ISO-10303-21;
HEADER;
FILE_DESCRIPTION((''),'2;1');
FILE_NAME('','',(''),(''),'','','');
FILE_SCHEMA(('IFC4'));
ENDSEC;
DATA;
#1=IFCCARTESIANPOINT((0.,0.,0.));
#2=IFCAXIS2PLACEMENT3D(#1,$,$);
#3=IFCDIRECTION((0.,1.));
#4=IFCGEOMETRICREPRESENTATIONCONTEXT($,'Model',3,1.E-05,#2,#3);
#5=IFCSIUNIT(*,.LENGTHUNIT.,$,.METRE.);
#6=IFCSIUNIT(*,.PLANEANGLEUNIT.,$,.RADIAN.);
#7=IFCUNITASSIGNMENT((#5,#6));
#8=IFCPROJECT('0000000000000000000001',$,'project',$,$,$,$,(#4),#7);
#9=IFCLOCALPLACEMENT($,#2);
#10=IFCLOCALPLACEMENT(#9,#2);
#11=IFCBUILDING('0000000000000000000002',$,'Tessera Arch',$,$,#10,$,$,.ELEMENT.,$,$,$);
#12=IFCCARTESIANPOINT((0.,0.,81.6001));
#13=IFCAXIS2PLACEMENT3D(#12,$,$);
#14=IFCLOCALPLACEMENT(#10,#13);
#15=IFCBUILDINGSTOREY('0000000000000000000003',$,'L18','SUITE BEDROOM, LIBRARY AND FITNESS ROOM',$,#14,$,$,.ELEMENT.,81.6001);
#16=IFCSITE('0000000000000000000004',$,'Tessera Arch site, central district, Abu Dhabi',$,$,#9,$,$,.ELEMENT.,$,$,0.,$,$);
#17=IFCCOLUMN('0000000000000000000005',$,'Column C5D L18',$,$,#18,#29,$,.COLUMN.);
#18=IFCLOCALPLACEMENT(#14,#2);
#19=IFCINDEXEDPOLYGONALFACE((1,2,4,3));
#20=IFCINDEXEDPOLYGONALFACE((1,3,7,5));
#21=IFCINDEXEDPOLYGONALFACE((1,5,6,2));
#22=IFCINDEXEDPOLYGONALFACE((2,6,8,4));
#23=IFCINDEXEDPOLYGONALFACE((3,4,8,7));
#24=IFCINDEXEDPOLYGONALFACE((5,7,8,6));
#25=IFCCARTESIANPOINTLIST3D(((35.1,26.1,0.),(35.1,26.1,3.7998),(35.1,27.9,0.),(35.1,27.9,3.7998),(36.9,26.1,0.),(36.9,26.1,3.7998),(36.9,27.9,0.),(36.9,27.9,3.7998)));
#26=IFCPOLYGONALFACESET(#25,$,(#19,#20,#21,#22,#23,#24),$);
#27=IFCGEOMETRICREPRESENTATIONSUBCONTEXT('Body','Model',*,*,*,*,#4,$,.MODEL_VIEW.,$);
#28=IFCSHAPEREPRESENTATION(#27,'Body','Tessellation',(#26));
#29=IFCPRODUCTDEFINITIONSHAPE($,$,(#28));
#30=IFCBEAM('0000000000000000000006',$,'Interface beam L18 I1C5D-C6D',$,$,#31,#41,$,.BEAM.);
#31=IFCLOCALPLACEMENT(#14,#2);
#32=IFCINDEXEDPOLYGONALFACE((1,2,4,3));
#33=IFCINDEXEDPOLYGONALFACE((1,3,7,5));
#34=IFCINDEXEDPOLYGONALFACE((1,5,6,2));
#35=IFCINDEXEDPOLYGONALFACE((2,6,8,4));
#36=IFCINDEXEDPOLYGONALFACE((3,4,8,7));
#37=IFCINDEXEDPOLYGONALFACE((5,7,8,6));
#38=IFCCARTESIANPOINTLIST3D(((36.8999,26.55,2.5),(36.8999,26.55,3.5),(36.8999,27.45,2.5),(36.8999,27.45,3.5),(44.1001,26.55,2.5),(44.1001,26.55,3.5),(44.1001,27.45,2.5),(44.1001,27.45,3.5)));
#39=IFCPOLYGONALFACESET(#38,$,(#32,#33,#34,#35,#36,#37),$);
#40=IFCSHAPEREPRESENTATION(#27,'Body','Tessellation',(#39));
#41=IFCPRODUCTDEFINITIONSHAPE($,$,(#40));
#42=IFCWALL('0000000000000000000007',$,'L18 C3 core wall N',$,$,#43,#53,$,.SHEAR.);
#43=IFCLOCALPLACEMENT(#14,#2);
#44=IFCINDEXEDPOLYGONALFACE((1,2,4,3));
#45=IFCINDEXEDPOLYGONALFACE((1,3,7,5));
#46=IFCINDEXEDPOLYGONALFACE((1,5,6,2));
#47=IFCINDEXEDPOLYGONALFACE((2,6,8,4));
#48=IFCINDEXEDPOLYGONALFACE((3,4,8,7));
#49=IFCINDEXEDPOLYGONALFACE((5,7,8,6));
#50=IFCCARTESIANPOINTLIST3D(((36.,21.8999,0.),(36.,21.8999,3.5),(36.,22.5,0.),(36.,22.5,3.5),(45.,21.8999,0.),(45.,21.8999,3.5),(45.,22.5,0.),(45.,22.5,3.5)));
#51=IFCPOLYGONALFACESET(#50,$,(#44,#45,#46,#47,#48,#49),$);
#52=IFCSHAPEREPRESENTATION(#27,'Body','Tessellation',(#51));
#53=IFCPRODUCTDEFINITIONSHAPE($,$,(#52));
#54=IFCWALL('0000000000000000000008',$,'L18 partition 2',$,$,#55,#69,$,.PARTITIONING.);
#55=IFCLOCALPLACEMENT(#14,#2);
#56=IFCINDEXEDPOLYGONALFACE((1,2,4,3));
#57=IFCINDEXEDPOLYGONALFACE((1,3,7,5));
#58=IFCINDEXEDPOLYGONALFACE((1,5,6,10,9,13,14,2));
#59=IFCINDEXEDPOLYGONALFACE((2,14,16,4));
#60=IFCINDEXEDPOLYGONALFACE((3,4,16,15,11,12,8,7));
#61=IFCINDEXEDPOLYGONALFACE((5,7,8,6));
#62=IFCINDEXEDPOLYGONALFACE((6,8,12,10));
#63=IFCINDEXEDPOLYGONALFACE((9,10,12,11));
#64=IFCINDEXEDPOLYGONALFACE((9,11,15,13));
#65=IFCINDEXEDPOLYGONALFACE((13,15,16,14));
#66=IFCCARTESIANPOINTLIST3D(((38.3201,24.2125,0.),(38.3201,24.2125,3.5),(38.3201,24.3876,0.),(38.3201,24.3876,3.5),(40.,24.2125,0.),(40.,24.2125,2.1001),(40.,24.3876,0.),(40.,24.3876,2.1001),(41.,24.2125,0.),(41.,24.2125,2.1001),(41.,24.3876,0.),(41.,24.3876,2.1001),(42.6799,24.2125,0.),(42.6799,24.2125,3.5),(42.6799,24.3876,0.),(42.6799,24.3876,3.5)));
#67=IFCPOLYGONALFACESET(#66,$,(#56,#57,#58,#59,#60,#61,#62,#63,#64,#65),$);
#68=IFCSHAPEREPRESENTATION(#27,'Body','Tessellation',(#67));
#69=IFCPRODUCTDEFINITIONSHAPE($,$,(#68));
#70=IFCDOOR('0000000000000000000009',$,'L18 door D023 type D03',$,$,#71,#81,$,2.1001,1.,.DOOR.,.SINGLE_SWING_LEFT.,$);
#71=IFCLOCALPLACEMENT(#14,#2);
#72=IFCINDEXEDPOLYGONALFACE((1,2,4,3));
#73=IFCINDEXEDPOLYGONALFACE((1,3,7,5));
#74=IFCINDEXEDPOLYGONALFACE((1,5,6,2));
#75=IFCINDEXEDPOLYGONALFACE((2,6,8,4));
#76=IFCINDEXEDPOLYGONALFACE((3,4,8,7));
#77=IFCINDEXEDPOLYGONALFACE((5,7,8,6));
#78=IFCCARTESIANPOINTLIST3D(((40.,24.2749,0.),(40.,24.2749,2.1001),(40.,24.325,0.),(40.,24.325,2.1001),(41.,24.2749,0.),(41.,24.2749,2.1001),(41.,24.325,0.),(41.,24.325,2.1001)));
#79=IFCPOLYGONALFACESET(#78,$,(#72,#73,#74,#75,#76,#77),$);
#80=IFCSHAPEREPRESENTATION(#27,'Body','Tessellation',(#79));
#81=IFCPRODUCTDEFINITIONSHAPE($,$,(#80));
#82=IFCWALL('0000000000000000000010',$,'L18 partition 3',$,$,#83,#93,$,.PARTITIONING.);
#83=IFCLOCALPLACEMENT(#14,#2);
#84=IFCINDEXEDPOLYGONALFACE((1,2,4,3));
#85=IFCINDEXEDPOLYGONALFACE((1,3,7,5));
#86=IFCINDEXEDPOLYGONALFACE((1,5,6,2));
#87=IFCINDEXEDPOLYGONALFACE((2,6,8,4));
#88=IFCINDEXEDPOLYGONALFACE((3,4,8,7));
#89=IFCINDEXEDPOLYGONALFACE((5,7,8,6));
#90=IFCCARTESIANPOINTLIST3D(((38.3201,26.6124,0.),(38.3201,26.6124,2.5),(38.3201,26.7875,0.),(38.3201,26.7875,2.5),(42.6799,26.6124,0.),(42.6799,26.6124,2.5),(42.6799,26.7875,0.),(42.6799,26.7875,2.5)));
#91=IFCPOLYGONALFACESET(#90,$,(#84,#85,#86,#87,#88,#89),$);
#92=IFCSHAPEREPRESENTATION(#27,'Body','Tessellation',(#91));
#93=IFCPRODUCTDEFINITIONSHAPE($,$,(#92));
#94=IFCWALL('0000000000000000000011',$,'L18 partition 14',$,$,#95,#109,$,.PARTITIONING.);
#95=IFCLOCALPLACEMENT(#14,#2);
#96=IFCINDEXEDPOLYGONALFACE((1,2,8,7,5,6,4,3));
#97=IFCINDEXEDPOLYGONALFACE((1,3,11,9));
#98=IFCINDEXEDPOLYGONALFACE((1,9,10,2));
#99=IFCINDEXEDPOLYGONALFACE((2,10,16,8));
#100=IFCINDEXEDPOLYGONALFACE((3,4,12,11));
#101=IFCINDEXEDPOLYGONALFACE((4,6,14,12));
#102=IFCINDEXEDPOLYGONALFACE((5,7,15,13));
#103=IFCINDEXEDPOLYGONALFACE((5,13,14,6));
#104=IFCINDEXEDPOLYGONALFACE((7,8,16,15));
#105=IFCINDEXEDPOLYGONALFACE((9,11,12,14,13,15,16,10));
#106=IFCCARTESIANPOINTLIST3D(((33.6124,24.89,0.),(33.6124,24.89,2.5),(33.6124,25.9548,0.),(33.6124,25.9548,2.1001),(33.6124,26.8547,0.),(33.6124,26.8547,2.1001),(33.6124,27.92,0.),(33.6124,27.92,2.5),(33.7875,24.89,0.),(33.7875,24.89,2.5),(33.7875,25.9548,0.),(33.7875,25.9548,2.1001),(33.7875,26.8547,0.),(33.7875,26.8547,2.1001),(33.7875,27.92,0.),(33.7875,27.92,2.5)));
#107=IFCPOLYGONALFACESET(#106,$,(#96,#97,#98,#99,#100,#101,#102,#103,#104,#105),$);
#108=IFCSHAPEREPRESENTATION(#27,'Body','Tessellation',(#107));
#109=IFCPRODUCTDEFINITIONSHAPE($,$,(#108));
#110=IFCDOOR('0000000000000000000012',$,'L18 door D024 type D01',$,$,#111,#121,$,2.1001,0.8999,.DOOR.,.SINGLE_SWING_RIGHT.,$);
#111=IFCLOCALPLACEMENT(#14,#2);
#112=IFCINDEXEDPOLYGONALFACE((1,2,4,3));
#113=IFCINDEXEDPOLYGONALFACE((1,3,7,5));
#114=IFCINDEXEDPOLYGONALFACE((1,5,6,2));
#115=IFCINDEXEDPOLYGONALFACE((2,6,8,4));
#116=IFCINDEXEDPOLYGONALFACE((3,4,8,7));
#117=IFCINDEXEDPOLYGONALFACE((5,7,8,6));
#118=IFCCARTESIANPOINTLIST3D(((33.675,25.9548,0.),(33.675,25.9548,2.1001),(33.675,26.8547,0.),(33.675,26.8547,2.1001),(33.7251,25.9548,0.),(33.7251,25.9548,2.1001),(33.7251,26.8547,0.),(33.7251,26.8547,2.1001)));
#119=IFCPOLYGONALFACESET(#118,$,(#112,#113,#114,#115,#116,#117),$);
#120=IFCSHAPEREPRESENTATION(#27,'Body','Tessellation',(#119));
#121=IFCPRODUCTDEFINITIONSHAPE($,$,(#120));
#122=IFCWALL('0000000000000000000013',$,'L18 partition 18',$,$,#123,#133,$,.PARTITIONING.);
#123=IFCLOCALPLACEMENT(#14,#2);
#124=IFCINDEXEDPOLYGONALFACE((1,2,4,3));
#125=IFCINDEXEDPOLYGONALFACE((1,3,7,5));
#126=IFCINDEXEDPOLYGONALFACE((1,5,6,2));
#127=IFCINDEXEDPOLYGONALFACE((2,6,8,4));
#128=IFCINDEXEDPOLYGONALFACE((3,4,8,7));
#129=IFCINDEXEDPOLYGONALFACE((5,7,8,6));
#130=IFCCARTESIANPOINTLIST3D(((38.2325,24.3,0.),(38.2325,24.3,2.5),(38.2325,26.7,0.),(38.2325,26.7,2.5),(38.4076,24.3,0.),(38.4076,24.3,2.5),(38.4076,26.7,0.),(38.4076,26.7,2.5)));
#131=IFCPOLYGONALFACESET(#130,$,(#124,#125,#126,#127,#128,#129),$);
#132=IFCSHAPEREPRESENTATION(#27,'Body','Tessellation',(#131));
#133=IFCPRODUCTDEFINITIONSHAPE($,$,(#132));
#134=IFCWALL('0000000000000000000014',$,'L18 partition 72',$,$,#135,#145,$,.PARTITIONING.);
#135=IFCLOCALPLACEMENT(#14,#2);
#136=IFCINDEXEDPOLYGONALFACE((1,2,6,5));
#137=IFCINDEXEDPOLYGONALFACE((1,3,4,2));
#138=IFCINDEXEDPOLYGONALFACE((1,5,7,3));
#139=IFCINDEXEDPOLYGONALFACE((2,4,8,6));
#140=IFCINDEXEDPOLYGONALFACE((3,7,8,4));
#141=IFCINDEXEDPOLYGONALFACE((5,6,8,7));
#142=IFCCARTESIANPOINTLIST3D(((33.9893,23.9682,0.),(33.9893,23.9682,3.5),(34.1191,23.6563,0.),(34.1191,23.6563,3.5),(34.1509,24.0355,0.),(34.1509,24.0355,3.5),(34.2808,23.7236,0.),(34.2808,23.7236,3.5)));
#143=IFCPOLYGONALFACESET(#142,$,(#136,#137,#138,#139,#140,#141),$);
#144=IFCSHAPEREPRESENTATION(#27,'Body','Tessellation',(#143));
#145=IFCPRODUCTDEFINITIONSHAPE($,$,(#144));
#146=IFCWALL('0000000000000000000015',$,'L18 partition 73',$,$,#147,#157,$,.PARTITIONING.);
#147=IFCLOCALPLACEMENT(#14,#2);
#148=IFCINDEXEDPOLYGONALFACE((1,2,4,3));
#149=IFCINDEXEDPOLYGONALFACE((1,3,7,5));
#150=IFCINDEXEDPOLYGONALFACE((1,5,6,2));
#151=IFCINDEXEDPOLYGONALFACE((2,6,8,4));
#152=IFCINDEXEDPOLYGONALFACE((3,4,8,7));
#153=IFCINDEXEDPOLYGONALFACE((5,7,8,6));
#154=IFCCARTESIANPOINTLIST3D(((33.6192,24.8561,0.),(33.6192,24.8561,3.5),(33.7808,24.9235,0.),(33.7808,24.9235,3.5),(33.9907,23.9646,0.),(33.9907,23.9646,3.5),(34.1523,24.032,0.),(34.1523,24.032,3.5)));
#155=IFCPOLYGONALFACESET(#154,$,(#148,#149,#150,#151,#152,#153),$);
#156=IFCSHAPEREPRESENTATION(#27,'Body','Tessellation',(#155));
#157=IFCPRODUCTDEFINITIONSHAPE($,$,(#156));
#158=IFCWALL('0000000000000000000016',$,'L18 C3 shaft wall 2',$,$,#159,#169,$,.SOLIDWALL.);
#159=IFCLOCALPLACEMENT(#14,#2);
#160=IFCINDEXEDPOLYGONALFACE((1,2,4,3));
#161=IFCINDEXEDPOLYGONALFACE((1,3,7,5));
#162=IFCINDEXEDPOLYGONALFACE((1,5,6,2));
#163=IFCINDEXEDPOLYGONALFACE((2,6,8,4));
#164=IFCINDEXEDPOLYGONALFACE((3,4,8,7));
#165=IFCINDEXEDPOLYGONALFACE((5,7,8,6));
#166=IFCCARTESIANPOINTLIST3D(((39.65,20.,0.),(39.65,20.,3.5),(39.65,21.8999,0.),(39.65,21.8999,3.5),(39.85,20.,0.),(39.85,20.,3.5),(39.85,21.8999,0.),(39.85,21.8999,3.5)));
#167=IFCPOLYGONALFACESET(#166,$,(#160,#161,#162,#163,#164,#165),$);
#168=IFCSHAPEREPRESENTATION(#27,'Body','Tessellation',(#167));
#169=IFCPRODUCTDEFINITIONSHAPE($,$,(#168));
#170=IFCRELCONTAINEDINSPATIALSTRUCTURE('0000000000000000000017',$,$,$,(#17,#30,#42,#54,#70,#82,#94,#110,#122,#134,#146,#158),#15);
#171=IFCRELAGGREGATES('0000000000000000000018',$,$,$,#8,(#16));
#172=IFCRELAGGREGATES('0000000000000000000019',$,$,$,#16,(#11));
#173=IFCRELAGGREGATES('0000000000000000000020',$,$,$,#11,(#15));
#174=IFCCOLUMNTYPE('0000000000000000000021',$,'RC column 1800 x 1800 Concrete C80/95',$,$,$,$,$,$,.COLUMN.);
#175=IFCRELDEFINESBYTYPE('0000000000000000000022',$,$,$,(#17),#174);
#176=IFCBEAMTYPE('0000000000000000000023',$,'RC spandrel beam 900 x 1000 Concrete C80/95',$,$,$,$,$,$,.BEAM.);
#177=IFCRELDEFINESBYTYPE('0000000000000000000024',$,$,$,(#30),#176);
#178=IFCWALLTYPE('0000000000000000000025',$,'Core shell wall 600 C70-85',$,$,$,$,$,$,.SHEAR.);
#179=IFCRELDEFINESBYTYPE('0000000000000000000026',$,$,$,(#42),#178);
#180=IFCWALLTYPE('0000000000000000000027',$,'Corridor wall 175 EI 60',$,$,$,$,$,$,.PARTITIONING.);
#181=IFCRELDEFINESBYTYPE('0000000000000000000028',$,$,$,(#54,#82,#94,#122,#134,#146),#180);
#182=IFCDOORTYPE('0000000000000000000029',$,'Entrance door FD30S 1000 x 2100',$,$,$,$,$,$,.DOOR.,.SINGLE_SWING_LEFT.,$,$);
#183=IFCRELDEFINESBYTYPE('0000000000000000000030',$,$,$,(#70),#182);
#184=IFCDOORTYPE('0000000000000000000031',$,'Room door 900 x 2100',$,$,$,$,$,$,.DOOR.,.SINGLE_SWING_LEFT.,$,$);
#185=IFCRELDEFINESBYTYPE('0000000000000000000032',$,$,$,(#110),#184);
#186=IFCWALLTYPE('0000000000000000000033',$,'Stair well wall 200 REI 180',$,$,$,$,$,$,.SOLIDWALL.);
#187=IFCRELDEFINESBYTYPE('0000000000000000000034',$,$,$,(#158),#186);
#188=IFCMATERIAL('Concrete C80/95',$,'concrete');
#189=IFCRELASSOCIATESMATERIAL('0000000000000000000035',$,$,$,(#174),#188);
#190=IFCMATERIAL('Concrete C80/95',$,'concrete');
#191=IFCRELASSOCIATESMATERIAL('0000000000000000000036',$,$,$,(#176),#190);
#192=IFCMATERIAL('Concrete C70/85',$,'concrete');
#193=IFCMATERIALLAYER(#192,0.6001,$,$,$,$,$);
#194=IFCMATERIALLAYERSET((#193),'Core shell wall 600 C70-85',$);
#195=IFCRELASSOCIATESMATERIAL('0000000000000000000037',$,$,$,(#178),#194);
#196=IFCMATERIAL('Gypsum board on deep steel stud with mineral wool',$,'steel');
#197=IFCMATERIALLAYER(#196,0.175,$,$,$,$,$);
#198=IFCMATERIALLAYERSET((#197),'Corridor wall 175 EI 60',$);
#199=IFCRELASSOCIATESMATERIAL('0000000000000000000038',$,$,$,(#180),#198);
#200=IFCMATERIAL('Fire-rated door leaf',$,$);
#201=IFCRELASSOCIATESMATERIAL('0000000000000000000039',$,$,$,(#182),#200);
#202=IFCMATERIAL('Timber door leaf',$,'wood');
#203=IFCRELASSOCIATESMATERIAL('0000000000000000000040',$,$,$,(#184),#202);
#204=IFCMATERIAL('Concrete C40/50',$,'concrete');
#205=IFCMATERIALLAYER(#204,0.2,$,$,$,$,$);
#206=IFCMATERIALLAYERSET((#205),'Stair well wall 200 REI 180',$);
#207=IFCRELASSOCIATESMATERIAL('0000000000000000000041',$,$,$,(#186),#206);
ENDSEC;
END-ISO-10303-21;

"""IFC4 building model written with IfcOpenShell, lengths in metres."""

from ifc_helpers import new_model, si_unit, direction, frame, frame_2d, origin, origin_2d, place, context, subcontext, project, spatial, rectangle, extrude, material, layer, layer_set, material_profile, profile_set, type_object, element, fill, save


model = new_model("IFC4")

# Units and contexts
model_context = context("Model", 3, precision=1e-05, world=origin(), true_north=direction((0.0, 1.0)))
body_context = subcontext(model_context, "Body", "Model", "MODEL_VIEW")
ifc_project = project(units=[si_unit("LENGTHUNIT", "METRE"), si_unit("PLANEANGLEUNIT", "RADIAN")], contexts=[model_context])

# Site, building, storey
site_placement = place(None, origin())
site = spatial("IfcSite", under=ifc_project, at=site_placement, Name="Tessera Arch site, central district, Abu Dhabi", CompositionType="ELEMENT", RefElevation=0.0)
building_placement = place(site_placement, origin())
building = spatial("IfcBuilding", under=site, at=building_placement, Name="Tessera Arch", CompositionType="ELEMENT")
storey_placement = place(building_placement, frame((0.0, 0.0, 81.6001)))
storey = spatial("IfcBuildingStorey", under=building, at=storey_placement, Name="L18", Description="SUITE BEDROOM, LIBRARY AND FITNESS ROOM", CompositionType="ELEMENT", Elevation=81.6001)

# Column
ifc_material_1 = material(Name="Concrete C80/95", Category="concrete")
ifc_material_profile_1 = material_profile(ifc_material_1, rectangle(XDim=1.8, YDim=1.8, at=origin_2d()), Name="RC column 1800 x 1800 Concrete C80/95")
ifc_profile_set_1 = profile_set([ifc_material_profile_1], Name="Concrete C80/95")
column_type = type_object("IfcColumnType", Name="RC column 1800 x 1800 Concrete C80/95", PredefinedType="COLUMN", material=ifc_profile_set_1)
column_placement = place(storey_placement, frame((36.0, 27.0, 0.0), z_axis=(0.0, 0.0, 1.0), x_axis=(1.0, 0.0, 0.0)))
element("IfcColumn", 1, at=column_placement, inside=storey, type_object=column_type, Name="Column C5D L18", PredefinedType="COLUMN", context=body_context, shape_type="SweptSolid", body=[
    extrude(rectangle(XDim=1.8, YDim=1.8, at=origin_2d()), origin(), (0.0, 0.0, 1.0), 3.7998),
])

# Beam
ifc_material_2 = material(Name="Concrete C80/95", Category="concrete")
ifc_material_profile_2 = material_profile(ifc_material_2, rectangle(XDim=0.8999, YDim=1.0, at=origin_2d()), Name="RC spandrel beam 900 x 1000 Concrete C80/95")
ifc_profile_set_2 = profile_set([ifc_material_profile_2], Name="Concrete C80/95")
beam_type = type_object("IfcBeamType", Name="RC spandrel beam 900 x 1000 Concrete C80/95", PredefinedType="BEAM", material=ifc_profile_set_2)
beam_placement = place(storey_placement, frame((36.8999, 27.0, 3.0), z_axis=(1.0, 0.0, 0.0), x_axis=(0.0, 1.0, 0.0)))
element("IfcBeam", 2, at=beam_placement, inside=storey, type_object=beam_type, Name="Interface beam L18 I1C5D-C6D", PredefinedType="BEAM", context=body_context, shape_type="SweptSolid", body=[
    extrude(rectangle(XDim=0.8999, YDim=1.0, at=origin_2d()), origin(), (0.0, 0.0, 1.0), 7.2002),
])

# Wall
ifc_material_3 = material(Name="Concrete C70/85", Category="concrete")
ifc_layer_1 = layer(ifc_material_3, 0.6001)
ifc_layer_set_1 = layer_set([ifc_layer_1], Name="Core shell wall 600 C70-85")
wall_type_1 = type_object("IfcWallType", Name="Core shell wall 600 C70-85", PredefinedType="SHEAR", material=ifc_layer_set_1)
wall_1_placement = place(storey_placement, frame((36.0, 22.2, 0.0), z_axis=(0.0, 0.0, 1.0), x_axis=(1.0, 0.0, 0.0)))
element("IfcWall", 3, at=wall_1_placement, inside=storey, type_object=wall_type_1, Name="L18 C3 core wall N", PredefinedType="SHEAR", context=body_context, shape_type="SweptSolid", body=[
    extrude(rectangle(XDim=9.0, YDim=0.6001, at=frame_2d((4.5, 0.0))), origin(), (0.0, 0.0, 1.0), 3.5),
])

# Wall, opening, door
ifc_material_4 = material(Name="Gypsum board on deep steel stud with mineral wool", Category="steel")
ifc_layer_2 = layer(ifc_material_4, 0.175)
ifc_layer_set_2 = layer_set([ifc_layer_2], Name="Corridor wall 175 EI 60")
wall_type_2 = type_object("IfcWallType", Name="Corridor wall 175 EI 60", PredefinedType="PARTITIONING", material=ifc_layer_set_2)
wall_2_placement = place(storey_placement, frame((38.3201, 24.3, 0.0), z_axis=(0.0, 0.0, 1.0), x_axis=(1.0, 0.0, 0.0)))
wall_2 = element("IfcWall", 4, at=wall_2_placement, inside=storey, type_object=wall_type_2, Name="L18 partition 2", PredefinedType="PARTITIONING", context=body_context, shape_type="SweptSolid", body=[
    extrude(rectangle(XDim=4.3599, YDim=0.175, at=frame_2d((2.1799, 0.0))), origin(), (0.0, 0.0, 1.0), 3.5),
])
opening_1_placement = place(wall_2_placement, frame((1.6799, 0.0, 0.0)))
opening_1 = element("IfcOpeningElement", 5, at=opening_1_placement, cuts=wall_2, PredefinedType="OPENING", context=body_context, shape_type="SweptSolid", body=[
    extrude(rectangle(XDim=1.0, YDim=2.1001, at=frame_2d((0.5, 1.05))), frame((0.0, 0.0974, 0.0), z_axis=(0.0, -1.0, 0.0), x_axis=(1.0, 0.0, 0.0)), (0.0, 0.0, 1.0), 0.1951),
])
ifc_material_5 = material(Name="Fire-rated door leaf")
door_type_1 = type_object("IfcDoorType", Name="Entrance door FD30S 1000 x 2100", OperationType="SINGLE_SWING_LEFT", PredefinedType="DOOR", material=ifc_material_5)
door_1_placement = place(opening_1_placement, origin())
door_1 = element("IfcDoor", 6, at=door_1_placement, inside=storey, type_object=door_type_1, Name="L18 door D023 type D03", OperationType="SINGLE_SWING_LEFT", OverallHeight=2.1001, OverallWidth=1.0, PredefinedType="DOOR", context=body_context, shape_type="SweptSolid", body=[
    extrude(rectangle(XDim=1.0, YDim=2.1001, at=frame_2d((0.5, 1.05))), frame((0.0, 0.0249, 0.0), z_axis=(0.0, -1.0, 0.0), x_axis=(1.0, 0.0, 0.0)), (0.0, 0.0, 1.0), 0.05),
])
fill(opening_1, door_1)

# Wall
wall_3_placement = place(storey_placement, frame((38.3201, 26.7, 0.0), z_axis=(0.0, 0.0, 1.0), x_axis=(1.0, 0.0, 0.0)))
element("IfcWall", 7, at=wall_3_placement, inside=storey, type_object=wall_type_2, Name="L18 partition 3", PredefinedType="PARTITIONING", context=body_context, shape_type="SweptSolid", body=[
    extrude(rectangle(XDim=4.3599, YDim=0.175, at=frame_2d((2.1799, 0.0))), origin(), (0.0, 0.0, 1.0), 2.5),
])

# Wall, opening, door
wall_4_placement = place(storey_placement, frame((33.7, 24.8899, 0.0), z_axis=(0.0, 0.0, 1.0), x_axis=(0.0, 1.0, 0.0)))
wall_4 = element("IfcWall", 8, at=wall_4_placement, inside=storey, type_object=wall_type_2, Name="L18 partition 14", PredefinedType="PARTITIONING", context=body_context, shape_type="SweptSolid", body=[
    extrude(rectangle(XDim=3.03, YDim=0.175, at=frame_2d((1.5151, 0.0))), origin(), (0.0, 0.0, 1.0), 2.5),
])
opening_2_placement = place(wall_4_placement, frame((1.0649, 0.0, 0.0)))
opening_2 = element("IfcOpeningElement", 9, at=opening_2_placement, cuts=wall_4, PredefinedType="OPENING", context=body_context, shape_type="SweptSolid", body=[
    extrude(rectangle(XDim=0.8999, YDim=2.1001, at=frame_2d((0.45, 1.05))), frame((0.0, 0.0974, 0.0), z_axis=(0.0, -1.0, 0.0), x_axis=(1.0, 0.0, 0.0)), (0.0, 0.0, 1.0), 0.1951),
])
ifc_material_6 = material(Name="Timber door leaf", Category="wood")
door_type_2 = type_object("IfcDoorType", Name="Room door 900 x 2100", OperationType="SINGLE_SWING_LEFT", PredefinedType="DOOR", material=ifc_material_6)
door_2_placement = place(opening_2_placement, origin())
door_2 = element("IfcDoor", 10, at=door_2_placement, inside=storey, type_object=door_type_2, Name="L18 door D024 type D01", OperationType="SINGLE_SWING_RIGHT", OverallHeight=2.1001, OverallWidth=0.8999, PredefinedType="DOOR", context=body_context, shape_type="SweptSolid", body=[
    extrude(rectangle(XDim=0.8999, YDim=2.1001, at=frame_2d((0.45, 1.05))), frame((0.0, 0.0249, 0.0), z_axis=(0.0, -1.0, 0.0), x_axis=(1.0, 0.0, 0.0)), (0.0, 0.0, 1.0), 0.05),
])
fill(opening_2, door_2)

# Walls
wall_5_placement = place(storey_placement, frame((38.3201, 24.3, 0.0), z_axis=(0.0, 0.0, 1.0), x_axis=(0.0, 1.0, 0.0)))
element("IfcWall", 11, at=wall_5_placement, inside=storey, type_object=wall_type_2, Name="L18 partition 18", PredefinedType="PARTITIONING", context=body_context, shape_type="SweptSolid", body=[
    extrude(rectangle(XDim=2.3999, YDim=0.175, at=frame_2d((1.2, 0.0))), origin(), (0.0, 0.0, 1.0), 2.5),
])
wall_6_placement = place(storey_placement, frame((34.2, 23.6899, 0.0), z_axis=(0.0, 0.0, 1.0), x_axis=(-0.384308, 0.923205, 0.0)))
element("IfcWall", 12, at=wall_6_placement, inside=storey, type_object=wall_type_2, Name="L18 partition 72", PredefinedType="PARTITIONING", context=body_context, shape_type="SweptSolid", body=[
    extrude(rectangle(XDim=0.3379, YDim=0.175, at=frame_2d((0.1689, 0.0))), origin(), (0.0, 0.0, 1.0), 3.5),
])
wall_7_placement = place(storey_placement, frame((34.0715, 23.9983, 0.0), z_axis=(0.0, 0.0, 1.0), x_axis=(-0.384687, 0.923047, 0.0)))
element("IfcWall", 13, at=wall_7_placement, inside=storey, type_object=wall_type_2, Name="L18 partition 73", PredefinedType="PARTITIONING", context=body_context, shape_type="SweptSolid", body=[
    extrude(rectangle(XDim=0.9658, YDim=0.175, at=frame_2d((0.4829, 0.0))), origin(), (0.0, 0.0, 1.0), 3.5),
])
ifc_material_7 = material(Name="Concrete C40/50", Category="concrete")
ifc_layer_3 = layer(ifc_material_7, 0.2)
ifc_layer_set_3 = layer_set([ifc_layer_3], Name="Stair well wall 200 REI 180")
wall_type_3 = type_object("IfcWallType", Name="Stair well wall 200 REI 180", PredefinedType="SOLIDWALL", material=ifc_layer_set_3)
wall_8_placement = place(storey_placement, frame((39.75, 20.0, 0.0), z_axis=(0.0, 0.0, 1.0), x_axis=(0.0, 1.0, 0.0)))
element("IfcWall", 14, at=wall_8_placement, inside=storey, type_object=wall_type_3, Name="L18 C3 shaft wall 2", PredefinedType="SOLIDWALL", context=body_context, shape_type="SweptSolid", body=[
    extrude(rectangle(XDim=1.8999, YDim=0.2, at=frame_2d((0.95, 0.0))), origin(), (0.0, 0.0, 1.0), 3.5),
])

save(model, "model.ifc")
